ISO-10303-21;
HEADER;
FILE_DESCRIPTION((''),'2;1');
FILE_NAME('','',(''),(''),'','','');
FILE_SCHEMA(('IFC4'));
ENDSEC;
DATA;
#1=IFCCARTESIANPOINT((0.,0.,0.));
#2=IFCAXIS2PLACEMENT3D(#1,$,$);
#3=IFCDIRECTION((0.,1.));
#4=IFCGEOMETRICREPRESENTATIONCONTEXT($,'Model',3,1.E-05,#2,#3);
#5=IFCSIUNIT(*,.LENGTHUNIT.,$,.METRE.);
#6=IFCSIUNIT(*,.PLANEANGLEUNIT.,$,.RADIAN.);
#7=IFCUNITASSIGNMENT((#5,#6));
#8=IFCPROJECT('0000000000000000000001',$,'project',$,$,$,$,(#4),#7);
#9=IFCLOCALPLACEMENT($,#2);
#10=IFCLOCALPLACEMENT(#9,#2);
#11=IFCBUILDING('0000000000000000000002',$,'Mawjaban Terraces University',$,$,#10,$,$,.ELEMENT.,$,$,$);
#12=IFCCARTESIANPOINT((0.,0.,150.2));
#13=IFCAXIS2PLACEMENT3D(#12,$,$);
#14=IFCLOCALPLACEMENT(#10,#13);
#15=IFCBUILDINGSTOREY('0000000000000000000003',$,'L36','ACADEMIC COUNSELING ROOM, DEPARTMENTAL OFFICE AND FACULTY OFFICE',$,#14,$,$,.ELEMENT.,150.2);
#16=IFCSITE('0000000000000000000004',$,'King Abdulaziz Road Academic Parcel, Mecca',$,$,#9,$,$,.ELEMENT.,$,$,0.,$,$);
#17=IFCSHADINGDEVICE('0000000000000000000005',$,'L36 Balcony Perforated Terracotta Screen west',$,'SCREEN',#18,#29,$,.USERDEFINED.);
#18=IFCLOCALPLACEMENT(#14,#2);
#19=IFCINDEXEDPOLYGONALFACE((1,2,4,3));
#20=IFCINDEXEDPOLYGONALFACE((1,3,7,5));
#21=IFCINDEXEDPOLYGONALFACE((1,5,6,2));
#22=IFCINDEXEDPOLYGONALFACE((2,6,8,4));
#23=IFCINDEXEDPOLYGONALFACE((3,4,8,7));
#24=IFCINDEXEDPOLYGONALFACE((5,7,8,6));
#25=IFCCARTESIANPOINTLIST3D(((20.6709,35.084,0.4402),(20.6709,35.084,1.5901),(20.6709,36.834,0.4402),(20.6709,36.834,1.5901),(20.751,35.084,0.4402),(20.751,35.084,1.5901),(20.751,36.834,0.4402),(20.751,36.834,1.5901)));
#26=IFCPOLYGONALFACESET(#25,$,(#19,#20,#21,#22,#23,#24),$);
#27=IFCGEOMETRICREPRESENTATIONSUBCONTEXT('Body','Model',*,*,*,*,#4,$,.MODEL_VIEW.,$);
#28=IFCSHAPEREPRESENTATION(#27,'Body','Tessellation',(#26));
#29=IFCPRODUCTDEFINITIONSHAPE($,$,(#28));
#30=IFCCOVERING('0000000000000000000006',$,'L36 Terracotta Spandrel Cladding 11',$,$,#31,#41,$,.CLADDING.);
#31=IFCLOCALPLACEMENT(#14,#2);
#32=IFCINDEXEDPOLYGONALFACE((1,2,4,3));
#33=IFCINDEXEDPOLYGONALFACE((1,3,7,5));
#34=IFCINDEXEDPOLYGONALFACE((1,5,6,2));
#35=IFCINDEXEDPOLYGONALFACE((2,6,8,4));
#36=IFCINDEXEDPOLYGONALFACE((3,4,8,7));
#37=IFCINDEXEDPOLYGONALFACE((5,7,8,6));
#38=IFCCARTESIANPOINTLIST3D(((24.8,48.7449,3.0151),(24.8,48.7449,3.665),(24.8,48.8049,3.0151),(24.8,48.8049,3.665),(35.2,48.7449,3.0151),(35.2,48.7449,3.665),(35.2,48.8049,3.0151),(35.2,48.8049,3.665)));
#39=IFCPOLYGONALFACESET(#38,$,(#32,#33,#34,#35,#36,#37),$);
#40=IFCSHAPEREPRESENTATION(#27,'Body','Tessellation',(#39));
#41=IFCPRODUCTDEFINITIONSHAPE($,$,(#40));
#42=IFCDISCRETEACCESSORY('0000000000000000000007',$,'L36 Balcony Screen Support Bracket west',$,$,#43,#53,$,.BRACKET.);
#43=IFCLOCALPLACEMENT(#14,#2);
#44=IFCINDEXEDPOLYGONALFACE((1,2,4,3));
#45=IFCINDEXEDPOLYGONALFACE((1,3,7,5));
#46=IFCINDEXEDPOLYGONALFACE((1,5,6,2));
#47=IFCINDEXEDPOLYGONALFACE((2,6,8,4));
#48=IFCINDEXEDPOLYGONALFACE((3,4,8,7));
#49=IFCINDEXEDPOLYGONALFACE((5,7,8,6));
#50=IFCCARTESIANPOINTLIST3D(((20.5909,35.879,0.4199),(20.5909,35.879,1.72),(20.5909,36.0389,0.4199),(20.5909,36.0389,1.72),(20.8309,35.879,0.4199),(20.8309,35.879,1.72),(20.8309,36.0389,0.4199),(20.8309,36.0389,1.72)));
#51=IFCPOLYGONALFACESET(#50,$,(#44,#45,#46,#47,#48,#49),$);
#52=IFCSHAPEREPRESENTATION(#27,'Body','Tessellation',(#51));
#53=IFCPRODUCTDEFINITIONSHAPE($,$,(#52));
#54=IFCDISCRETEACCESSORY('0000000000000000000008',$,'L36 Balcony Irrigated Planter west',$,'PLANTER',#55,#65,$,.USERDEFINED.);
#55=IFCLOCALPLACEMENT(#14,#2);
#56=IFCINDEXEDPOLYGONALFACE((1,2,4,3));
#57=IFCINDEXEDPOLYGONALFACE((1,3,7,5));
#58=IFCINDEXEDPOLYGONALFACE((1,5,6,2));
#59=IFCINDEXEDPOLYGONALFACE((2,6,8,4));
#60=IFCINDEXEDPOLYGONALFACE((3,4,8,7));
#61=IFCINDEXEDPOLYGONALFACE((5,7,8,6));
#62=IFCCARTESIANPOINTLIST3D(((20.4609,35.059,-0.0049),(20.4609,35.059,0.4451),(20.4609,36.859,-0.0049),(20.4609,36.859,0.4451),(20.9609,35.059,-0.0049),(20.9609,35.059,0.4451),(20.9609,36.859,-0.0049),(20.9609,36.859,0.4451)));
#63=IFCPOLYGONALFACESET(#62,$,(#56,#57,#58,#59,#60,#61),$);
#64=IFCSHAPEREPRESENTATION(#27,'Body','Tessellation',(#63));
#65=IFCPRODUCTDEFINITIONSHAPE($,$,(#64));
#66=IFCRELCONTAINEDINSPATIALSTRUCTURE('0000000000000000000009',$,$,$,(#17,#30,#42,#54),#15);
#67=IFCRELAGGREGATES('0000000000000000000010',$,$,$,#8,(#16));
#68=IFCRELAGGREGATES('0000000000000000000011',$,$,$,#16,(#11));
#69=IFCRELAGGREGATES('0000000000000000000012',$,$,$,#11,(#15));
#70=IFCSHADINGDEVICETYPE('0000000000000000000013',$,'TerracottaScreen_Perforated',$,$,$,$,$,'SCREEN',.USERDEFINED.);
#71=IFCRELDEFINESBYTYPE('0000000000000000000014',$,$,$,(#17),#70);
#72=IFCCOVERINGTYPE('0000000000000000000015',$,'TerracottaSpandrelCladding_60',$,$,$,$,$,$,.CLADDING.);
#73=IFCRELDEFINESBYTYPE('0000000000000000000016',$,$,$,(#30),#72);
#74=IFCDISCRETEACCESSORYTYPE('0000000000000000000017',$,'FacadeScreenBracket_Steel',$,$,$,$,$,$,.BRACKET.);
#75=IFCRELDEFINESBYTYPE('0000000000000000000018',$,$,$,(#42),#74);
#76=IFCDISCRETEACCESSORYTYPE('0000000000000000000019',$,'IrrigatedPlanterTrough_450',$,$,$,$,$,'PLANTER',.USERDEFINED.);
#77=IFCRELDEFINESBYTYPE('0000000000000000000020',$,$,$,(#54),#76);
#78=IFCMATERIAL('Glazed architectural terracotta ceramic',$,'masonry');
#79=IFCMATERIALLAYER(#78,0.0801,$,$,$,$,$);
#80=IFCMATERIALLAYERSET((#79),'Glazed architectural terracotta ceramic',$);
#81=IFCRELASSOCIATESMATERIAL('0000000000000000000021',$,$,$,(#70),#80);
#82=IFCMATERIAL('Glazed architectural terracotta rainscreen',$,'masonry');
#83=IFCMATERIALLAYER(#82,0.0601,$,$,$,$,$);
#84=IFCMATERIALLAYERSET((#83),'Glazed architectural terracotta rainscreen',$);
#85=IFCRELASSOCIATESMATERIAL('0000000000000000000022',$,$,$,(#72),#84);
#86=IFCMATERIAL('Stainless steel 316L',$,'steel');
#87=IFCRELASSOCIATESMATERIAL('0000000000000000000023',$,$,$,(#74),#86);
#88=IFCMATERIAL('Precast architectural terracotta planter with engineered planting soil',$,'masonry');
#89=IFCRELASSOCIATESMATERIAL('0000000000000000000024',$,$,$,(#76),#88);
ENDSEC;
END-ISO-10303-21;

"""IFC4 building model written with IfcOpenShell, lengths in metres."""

from ifc_helpers import new_model, si_unit, direction, frame, origin, origin_2d, place, context, subcontext, project, spatial, rectangle, extrude, material, layer, layer_set, type_object, element, save


model = new_model("IFC4")

# Units and contexts
model_context = context("Model", 3, precision=1e-05, world=origin(), true_north=direction((0.0, 1.0)))
body_context = subcontext(model_context, "Body", "Model", "MODEL_VIEW")
ifc_project = project(units=[si_unit("LENGTHUNIT", "METRE"), si_unit("PLANEANGLEUNIT", "RADIAN")], contexts=[model_context])

# Site, building, storey
site_placement = place(None, origin())
site = spatial("IfcSite", under=ifc_project, at=site_placement, Name="King Abdulaziz Road Academic Parcel, Mecca", CompositionType="ELEMENT", RefElevation=0.0)
building_placement = place(site_placement, origin())
building = spatial("IfcBuilding", under=site, at=building_placement, Name="Mawjaban Terraces University", CompositionType="ELEMENT")
storey_placement = place(building_placement, frame((0.0, 0.0, 150.2)))
storey = spatial("IfcBuildingStorey", under=building, at=storey_placement, Name="L36", Description="ACADEMIC COUNSELING ROOM, DEPARTMENTAL OFFICE AND FACULTY OFFICE", CompositionType="ELEMENT", Elevation=150.2)

# Shading device
ifc_material_1 = material(Name="Glazed architectural terracotta ceramic", Category="masonry")
ifc_layer_1 = layer(ifc_material_1, 0.0801)
ifc_layer_set_1 = layer_set([ifc_layer_1], Name="Glazed architectural terracotta ceramic")
shading_device_type = type_object("IfcShadingDeviceType", Name="TerracottaScreen_Perforated", ElementType="SCREEN", PredefinedType="USERDEFINED", material=ifc_layer_set_1)
shading_device_placement = place(storey_placement, frame((20.7109, 35.959, 0.4402), z_axis=(0.0, 0.0, 1.0), x_axis=(0.0, 1.0, 0.0)))
element("IfcShadingDevice", 1, at=shading_device_placement, inside=storey, type_object=shading_device_type, Name="L36 Balcony Perforated Terracotta Screen west", ObjectType="SCREEN", PredefinedType="USERDEFINED", context=body_context, shape_type="SweptSolid", body=[
    extrude(rectangle(XDim=1.75, YDim=0.0801, at=origin_2d()), origin(), (0.0, 0.0, 1.0), 1.1499),
])

# Covering
ifc_material_2 = material(Name="Glazed architectural terracotta rainscreen", Category="masonry")
ifc_layer_2 = layer(ifc_material_2, 0.0601)
ifc_layer_set_2 = layer_set([ifc_layer_2], Name="Glazed architectural terracotta rainscreen")
covering_type = type_object("IfcCoveringType", Name="TerracottaSpandrelCladding_60", PredefinedType="CLADDING", material=ifc_layer_set_2)
covering_placement = place(storey_placement, frame((30.0, 48.7749, 3.0151), z_axis=(0.0, 0.0, 1.0), x_axis=(-1.0, 0.0, 0.0)))
element("IfcCovering", 2, at=covering_placement, inside=storey, type_object=covering_type, Name="L36 Terracotta Spandrel Cladding 11", PredefinedType="CLADDING", context=body_context, shape_type="SweptSolid", body=[
    extrude(rectangle(XDim=10.3999, YDim=0.0601, at=origin_2d()), origin(), (0.0, 0.0, 1.0), 0.6499),
])

# Discrete accessories
ifc_material_3 = material(Name="Stainless steel 316L", Category="steel")
discrete_accessory_type_1 = type_object("IfcDiscreteAccessoryType", Name="FacadeScreenBracket_Steel", PredefinedType="BRACKET", material=ifc_material_3)
discrete_accessory_1_placement = place(storey_placement, frame((20.7109, 35.959, 0.4199), z_axis=(0.0, 0.0, 1.0), x_axis=(0.0, 1.0, 0.0)))
element("IfcDiscreteAccessory", 3, at=discrete_accessory_1_placement, inside=storey, type_object=discrete_accessory_type_1, Name="L36 Balcony Screen Support Bracket west", PredefinedType="BRACKET", context=body_context, shape_type="SweptSolid", body=[
    extrude(rectangle(XDim=0.1599, YDim=0.24, at=origin_2d()), origin(), (0.0, 0.0, 1.0), 1.3),
])
ifc_material_4 = material(Name="Precast architectural terracotta planter with engineered planting soil", Category="masonry")
discrete_accessory_type_2 = type_object("IfcDiscreteAccessoryType", Name="IrrigatedPlanterTrough_450", ElementType="PLANTER", PredefinedType="USERDEFINED", material=ifc_material_4)
discrete_accessory_2_placement = place(storey_placement, frame((20.7109, 35.959, -0.0049), z_axis=(0.0, 0.0, 1.0), x_axis=(0.0, 1.0, 0.0)))
element("IfcDiscreteAccessory", 4, at=discrete_accessory_2_placement, inside=storey, type_object=discrete_accessory_type_2, Name="L36 Balcony Irrigated Planter west", ObjectType="PLANTER", PredefinedType="USERDEFINED", context=body_context, shape_type="SweptSolid", body=[
    extrude(rectangle(XDim=1.8, YDim=0.5, at=origin_2d()), origin(), (0.0, 0.0, 1.0), 0.45),
])

save(model, "model.ifc")
